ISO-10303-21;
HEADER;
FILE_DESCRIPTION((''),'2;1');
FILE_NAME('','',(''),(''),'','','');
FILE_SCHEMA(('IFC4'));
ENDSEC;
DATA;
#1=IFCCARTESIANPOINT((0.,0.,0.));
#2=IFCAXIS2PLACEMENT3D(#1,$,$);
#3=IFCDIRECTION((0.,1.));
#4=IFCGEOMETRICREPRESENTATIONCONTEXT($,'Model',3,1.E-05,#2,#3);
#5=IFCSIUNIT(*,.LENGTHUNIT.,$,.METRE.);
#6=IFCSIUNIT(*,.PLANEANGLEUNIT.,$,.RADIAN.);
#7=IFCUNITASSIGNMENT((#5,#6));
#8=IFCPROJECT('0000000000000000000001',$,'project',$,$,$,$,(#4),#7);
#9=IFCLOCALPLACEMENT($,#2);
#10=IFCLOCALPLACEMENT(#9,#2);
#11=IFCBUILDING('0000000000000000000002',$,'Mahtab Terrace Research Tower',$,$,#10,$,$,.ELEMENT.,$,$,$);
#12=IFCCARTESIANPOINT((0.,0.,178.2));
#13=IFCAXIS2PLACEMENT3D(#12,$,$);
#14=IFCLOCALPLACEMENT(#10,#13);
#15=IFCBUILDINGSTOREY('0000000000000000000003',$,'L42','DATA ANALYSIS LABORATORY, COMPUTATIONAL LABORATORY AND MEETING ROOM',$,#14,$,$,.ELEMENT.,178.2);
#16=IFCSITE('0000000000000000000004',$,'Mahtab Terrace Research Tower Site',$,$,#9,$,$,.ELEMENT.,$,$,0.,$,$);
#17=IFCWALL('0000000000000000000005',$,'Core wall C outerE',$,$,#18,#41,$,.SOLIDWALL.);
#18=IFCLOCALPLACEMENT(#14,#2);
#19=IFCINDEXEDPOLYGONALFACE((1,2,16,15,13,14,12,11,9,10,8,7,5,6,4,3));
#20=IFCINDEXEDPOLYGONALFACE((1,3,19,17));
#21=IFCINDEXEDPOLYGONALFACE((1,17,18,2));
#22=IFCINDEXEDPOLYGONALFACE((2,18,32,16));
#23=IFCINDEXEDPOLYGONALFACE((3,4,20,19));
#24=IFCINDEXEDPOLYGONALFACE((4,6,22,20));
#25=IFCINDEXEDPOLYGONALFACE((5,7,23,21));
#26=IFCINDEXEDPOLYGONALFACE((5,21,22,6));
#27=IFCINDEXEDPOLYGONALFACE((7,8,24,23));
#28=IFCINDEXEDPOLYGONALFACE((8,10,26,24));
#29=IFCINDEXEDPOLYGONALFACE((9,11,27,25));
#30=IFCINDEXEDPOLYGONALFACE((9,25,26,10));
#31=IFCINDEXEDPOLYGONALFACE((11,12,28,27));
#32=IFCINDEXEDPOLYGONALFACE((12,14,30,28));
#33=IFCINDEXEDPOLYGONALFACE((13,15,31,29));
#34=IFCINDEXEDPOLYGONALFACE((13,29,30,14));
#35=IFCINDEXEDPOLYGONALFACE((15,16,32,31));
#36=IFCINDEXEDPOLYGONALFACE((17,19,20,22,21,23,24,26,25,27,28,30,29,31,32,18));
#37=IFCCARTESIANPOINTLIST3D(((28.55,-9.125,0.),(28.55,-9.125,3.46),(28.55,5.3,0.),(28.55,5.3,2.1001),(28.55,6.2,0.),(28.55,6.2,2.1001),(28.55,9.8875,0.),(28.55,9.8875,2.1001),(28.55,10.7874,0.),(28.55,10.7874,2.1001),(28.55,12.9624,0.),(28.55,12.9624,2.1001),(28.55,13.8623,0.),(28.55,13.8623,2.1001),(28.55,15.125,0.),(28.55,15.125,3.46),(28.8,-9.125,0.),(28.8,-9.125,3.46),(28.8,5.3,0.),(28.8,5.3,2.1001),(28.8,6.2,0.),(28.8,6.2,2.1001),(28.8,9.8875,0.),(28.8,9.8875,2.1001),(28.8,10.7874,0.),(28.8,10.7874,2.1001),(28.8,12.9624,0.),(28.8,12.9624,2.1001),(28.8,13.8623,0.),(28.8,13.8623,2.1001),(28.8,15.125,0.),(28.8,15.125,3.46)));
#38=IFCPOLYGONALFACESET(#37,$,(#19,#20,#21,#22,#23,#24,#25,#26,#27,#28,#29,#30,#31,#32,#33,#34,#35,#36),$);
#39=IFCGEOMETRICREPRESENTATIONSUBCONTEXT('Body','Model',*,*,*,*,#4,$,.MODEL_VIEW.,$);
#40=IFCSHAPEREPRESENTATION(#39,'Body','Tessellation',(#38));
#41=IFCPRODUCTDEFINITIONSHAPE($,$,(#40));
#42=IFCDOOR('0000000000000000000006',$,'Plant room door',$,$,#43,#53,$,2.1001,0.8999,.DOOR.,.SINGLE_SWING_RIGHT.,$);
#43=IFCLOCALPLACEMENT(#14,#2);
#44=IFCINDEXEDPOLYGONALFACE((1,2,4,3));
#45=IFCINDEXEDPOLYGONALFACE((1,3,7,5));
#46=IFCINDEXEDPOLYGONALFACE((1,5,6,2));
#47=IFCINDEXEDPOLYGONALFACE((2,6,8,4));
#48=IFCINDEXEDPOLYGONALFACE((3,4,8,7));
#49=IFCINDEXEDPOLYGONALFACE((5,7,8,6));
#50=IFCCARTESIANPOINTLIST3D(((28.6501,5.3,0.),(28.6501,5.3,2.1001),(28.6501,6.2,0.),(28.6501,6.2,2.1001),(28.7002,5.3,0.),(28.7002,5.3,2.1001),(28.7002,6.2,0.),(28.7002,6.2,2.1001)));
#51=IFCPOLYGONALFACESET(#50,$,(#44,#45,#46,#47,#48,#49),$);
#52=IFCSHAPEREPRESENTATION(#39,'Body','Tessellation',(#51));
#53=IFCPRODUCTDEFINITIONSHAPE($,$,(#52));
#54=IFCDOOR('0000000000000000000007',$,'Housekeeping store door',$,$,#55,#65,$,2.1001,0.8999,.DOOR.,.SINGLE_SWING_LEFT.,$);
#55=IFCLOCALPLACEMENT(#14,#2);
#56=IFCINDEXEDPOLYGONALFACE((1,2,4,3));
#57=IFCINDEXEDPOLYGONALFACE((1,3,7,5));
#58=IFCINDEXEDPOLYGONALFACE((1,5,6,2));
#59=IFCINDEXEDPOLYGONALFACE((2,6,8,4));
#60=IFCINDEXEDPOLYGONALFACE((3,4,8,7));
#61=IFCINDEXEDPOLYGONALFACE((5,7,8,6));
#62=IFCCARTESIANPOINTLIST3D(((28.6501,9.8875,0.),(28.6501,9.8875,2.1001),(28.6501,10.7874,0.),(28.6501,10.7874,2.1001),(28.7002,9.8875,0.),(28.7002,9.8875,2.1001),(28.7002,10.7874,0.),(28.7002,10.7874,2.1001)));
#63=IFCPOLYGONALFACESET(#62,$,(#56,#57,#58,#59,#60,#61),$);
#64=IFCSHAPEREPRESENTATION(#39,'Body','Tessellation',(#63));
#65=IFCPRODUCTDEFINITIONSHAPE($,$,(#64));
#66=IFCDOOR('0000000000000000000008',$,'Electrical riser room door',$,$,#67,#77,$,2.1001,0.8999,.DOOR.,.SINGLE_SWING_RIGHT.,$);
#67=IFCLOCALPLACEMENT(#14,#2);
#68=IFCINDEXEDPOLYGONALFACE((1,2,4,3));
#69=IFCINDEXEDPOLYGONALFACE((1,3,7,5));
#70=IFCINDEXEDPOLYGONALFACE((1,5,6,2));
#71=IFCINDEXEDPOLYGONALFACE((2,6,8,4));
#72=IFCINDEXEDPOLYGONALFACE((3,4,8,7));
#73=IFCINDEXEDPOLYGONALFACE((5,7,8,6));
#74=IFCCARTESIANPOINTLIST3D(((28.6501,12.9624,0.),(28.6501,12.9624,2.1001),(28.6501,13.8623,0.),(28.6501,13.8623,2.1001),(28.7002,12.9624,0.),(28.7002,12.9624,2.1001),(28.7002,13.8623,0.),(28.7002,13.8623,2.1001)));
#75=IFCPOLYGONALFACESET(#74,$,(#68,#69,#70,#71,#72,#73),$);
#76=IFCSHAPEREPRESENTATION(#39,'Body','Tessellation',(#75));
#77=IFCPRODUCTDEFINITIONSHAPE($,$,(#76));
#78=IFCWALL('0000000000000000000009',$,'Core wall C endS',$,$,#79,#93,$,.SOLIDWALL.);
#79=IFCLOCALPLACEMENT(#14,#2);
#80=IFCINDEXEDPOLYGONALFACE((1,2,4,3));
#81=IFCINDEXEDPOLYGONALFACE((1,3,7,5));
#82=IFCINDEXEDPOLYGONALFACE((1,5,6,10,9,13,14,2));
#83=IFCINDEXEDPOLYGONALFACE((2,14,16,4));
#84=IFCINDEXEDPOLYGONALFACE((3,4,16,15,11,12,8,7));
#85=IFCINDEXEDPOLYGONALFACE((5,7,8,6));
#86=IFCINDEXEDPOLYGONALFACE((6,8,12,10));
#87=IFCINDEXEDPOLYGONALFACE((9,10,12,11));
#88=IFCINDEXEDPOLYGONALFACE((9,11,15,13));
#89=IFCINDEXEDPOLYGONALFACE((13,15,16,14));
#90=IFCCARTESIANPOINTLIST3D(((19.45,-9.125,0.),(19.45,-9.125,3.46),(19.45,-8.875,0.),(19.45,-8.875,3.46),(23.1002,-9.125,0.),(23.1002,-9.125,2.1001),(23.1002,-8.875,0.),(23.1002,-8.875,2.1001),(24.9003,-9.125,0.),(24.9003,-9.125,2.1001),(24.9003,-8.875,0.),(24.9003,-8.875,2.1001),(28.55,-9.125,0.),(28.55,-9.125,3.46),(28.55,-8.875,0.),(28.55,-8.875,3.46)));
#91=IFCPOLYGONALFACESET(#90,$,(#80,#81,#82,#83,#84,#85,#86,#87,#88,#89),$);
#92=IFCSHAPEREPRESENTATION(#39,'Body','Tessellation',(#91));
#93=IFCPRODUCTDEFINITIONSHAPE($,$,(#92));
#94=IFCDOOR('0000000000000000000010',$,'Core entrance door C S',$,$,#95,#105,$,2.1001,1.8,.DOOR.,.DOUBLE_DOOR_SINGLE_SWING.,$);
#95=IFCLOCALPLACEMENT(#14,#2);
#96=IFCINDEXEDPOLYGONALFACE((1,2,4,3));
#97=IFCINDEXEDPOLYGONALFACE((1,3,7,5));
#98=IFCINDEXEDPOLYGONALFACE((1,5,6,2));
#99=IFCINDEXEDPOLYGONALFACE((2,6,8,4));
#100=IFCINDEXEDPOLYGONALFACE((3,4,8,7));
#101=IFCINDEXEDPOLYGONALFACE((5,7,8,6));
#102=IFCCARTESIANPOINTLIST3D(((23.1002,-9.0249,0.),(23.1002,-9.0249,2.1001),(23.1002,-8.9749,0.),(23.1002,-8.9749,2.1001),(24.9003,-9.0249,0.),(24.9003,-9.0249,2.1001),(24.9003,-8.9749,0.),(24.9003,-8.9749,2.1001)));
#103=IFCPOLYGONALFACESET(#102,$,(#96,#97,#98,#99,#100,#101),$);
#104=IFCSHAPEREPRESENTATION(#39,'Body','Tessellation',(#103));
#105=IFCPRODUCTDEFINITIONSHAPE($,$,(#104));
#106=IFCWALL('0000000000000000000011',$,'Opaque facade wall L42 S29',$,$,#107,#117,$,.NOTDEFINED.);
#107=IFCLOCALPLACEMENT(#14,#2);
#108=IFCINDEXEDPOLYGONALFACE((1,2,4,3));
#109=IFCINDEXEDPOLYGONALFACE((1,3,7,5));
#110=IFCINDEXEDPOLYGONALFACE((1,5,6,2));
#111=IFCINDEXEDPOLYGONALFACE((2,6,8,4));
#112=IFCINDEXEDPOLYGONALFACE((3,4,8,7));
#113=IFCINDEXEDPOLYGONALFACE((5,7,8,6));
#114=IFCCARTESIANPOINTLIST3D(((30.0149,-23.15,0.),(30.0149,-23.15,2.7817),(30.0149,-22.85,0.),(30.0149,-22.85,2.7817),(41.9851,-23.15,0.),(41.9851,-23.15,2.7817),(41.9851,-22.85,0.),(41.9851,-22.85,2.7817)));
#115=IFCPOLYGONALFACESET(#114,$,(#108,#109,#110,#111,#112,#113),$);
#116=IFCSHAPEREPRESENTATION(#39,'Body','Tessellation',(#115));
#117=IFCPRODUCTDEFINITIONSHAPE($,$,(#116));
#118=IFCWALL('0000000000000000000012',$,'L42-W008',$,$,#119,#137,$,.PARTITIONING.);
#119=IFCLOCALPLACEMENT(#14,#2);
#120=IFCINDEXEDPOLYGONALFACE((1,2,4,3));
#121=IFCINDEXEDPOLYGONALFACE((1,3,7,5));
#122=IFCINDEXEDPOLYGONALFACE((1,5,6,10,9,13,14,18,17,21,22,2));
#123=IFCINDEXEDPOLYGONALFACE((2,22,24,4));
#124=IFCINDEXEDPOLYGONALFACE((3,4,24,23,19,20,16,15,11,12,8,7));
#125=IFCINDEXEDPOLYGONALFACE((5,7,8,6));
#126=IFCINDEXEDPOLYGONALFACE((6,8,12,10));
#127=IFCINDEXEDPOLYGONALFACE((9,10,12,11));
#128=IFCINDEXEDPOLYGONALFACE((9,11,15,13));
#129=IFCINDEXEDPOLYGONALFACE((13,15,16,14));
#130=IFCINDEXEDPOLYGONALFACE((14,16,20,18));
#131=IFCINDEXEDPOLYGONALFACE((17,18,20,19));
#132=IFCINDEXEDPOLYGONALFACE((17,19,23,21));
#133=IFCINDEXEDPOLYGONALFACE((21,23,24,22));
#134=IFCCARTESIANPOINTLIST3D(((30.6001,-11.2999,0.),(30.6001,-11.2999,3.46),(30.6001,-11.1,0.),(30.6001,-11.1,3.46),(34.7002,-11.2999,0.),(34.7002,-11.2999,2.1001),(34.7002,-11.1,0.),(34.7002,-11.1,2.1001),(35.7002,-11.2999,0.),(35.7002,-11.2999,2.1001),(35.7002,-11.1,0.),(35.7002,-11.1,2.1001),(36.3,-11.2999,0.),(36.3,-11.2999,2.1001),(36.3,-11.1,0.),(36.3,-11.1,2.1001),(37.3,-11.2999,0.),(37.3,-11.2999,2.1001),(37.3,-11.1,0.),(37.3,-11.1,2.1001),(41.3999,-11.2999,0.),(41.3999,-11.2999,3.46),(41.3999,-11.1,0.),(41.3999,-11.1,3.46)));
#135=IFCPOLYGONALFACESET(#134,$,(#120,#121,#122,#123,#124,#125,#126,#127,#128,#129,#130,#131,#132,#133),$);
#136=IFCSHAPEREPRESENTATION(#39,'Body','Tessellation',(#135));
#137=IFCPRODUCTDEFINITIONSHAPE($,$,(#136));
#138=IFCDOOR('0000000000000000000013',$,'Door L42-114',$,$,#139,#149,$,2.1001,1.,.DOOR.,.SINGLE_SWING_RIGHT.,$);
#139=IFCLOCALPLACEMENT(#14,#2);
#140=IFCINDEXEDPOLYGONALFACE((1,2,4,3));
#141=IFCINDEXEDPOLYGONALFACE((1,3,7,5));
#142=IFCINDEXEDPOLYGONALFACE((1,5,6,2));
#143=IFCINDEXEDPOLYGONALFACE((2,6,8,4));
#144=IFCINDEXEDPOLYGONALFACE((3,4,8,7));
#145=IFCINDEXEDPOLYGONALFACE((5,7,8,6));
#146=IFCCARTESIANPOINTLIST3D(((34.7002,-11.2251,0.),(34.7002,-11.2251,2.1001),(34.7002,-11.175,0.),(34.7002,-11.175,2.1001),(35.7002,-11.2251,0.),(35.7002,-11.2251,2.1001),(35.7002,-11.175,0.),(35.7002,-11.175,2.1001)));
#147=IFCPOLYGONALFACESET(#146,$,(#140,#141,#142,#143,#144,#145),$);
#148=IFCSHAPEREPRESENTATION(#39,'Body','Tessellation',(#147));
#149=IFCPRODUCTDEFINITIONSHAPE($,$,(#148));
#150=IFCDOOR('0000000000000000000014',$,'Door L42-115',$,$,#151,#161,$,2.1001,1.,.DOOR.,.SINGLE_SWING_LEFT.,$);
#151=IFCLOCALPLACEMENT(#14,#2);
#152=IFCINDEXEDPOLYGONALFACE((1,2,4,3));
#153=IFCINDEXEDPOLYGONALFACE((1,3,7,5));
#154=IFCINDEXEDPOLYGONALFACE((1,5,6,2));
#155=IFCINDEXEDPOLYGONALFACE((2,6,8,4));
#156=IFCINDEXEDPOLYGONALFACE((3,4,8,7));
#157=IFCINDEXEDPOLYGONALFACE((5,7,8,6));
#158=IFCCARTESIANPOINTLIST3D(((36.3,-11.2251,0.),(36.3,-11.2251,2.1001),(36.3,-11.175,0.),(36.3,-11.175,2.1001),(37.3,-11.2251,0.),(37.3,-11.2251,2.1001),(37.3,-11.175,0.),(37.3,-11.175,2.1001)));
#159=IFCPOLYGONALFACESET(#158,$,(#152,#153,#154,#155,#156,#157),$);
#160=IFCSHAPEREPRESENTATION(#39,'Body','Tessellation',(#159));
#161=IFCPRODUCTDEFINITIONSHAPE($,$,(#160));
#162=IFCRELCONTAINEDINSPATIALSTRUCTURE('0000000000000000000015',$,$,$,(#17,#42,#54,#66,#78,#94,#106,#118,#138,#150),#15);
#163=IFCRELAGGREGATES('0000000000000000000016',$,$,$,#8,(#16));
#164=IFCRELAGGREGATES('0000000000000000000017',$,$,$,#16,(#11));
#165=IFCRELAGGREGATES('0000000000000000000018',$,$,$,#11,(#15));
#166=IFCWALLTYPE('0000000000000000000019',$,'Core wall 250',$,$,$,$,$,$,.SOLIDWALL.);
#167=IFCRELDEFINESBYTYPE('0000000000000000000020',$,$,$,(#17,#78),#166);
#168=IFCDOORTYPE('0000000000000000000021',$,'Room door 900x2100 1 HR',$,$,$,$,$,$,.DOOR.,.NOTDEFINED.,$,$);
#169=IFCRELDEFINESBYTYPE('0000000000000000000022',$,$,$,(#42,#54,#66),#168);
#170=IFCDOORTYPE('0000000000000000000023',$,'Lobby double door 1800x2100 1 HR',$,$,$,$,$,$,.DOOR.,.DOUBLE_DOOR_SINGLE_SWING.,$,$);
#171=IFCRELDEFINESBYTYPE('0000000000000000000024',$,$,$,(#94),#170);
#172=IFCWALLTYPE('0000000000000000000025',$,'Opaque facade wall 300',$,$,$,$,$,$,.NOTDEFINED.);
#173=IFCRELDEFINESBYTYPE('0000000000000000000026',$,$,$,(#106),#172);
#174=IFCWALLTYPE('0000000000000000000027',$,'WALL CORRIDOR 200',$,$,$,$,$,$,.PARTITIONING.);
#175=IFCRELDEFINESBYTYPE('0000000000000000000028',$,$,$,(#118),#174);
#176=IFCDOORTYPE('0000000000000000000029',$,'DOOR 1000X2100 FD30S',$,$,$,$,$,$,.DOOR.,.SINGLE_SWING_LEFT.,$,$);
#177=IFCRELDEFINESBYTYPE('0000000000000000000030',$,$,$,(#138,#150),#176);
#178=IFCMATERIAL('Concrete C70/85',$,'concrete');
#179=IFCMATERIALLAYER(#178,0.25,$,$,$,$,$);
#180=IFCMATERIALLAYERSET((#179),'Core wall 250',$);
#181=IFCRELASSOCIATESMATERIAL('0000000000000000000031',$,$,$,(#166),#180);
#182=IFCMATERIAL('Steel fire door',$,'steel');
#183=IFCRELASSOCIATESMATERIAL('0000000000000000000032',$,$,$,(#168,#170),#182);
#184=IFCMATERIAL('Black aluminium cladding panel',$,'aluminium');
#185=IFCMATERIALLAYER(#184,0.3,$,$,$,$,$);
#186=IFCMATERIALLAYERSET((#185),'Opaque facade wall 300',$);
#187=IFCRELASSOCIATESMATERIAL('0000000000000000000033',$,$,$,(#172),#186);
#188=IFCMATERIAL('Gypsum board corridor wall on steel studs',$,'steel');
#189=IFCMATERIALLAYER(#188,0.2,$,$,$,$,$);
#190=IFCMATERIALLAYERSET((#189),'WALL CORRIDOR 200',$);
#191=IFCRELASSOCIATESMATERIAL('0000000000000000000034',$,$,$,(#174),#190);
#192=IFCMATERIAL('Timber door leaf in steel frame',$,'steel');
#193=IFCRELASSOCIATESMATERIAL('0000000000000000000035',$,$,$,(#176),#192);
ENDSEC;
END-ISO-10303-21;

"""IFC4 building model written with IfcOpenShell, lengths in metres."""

from ifc_helpers import new_model, si_unit, direction, frame, frame_2d, origin, place, context, subcontext, project, spatial, rectangle, extrude, material, layer, layer_set, type_object, element, fill, save


model = new_model("IFC4")

# Units and contexts
model_context = context("Model", 3, precision=1e-05, world=origin(), true_north=direction((0.0, 1.0)))
body_context = subcontext(model_context, "Body", "Model", "MODEL_VIEW")
ifc_project = project(units=[si_unit("LENGTHUNIT", "METRE"), si_unit("PLANEANGLEUNIT", "RADIAN")], contexts=[model_context])

# Site, building, storey
site_placement = place(None, origin())
site = spatial("IfcSite", under=ifc_project, at=site_placement, Name="Mahtab Terrace Research Tower Site", CompositionType="ELEMENT", RefElevation=0.0)
building_placement = place(site_placement, origin())
building = spatial("IfcBuilding", under=site, at=building_placement, Name="Mahtab Terrace Research Tower", CompositionType="ELEMENT")
storey_placement = place(building_placement, frame((0.0, 0.0, 178.2)))
storey = spatial("IfcBuildingStorey", under=building, at=storey_placement, Name="L42", Description="DATA ANALYSIS LABORATORY, COMPUTATIONAL LABORATORY AND MEETING ROOM", CompositionType="ELEMENT", Elevation=178.2)

# Shared definitions
ifc_material_1 = material(Name="Concrete C70/85", Category="concrete")

# Wall, openings, doors
ifc_layer_1 = layer(ifc_material_1, 0.25)
ifc_layer_set_1 = layer_set([ifc_layer_1], Name="Core wall 250")
wall_type_1 = type_object("IfcWallType", Name="Core wall 250", PredefinedType="SOLIDWALL", material=ifc_layer_set_1)
wall_1_placement = place(storey_placement, frame((28.675, -9.125, 0.0), z_axis=(0.0, 0.0, 1.0), x_axis=(0.0, 1.0, 0.0)))
wall_1 = element("IfcWall", 1, at=wall_1_placement, inside=storey, type_object=wall_type_1, Name="Core wall C outerE", PredefinedType="SOLIDWALL", context=body_context, shape_type="SweptSolid", body=[
    extrude(rectangle(XDim=24.25, YDim=0.25, at=frame_2d((12.125, 0.0))), origin(), (0.0, 0.0, 1.0), 3.46),
])
opening_1_placement = place(wall_1_placement, frame((14.425, 0.0, 0.0)))
opening_1 = element("IfcOpeningElement", 2, at=opening_1_placement, cuts=wall_1, PredefinedType="OPENING", context=body_context, shape_type="SweptSolid", body=[
    extrude(rectangle(XDim=0.8999, YDim=2.1001, at=frame_2d((0.45, 1.05))), frame((0.0, 0.135, 0.0), z_axis=(0.0, -1.0, 0.0), x_axis=(1.0, 0.0, 0.0)), (0.0, 0.0, 1.0), 0.27),
])
opening_2_placement = place(wall_1_placement, frame((19.0125, 0.0, 0.0)))
opening_2 = element("IfcOpeningElement", 3, at=opening_2_placement, cuts=wall_1, PredefinedType="OPENING", context=body_context, shape_type="SweptSolid", body=[
    extrude(rectangle(XDim=0.8999, YDim=2.1001, at=frame_2d((0.45, 1.05))), frame((0.0, 0.135, 0.0), z_axis=(0.0, -1.0, 0.0), x_axis=(1.0, 0.0, 0.0)), (0.0, 0.0, 1.0), 0.27),
])
opening_3_placement = place(wall_1_placement, frame((22.0874, 0.0, 0.0)))
opening_3 = element("IfcOpeningElement", 4, at=opening_3_placement, cuts=wall_1, PredefinedType="OPENING", context=body_context, shape_type="SweptSolid", body=[
    extrude(rectangle(XDim=0.8999, YDim=2.1001, at=frame_2d((0.45, 1.05))), frame((0.0, 0.135, 0.0), z_axis=(0.0, -1.0, 0.0), x_axis=(1.0, 0.0, 0.0)), (0.0, 0.0, 1.0), 0.27),
])
ifc_material_2 = material(Name="Steel fire door", Category="steel")
door_type_1 = type_object("IfcDoorType", Name="Room door 900x2100 1 HR", OperationType="NOTDEFINED", PredefinedType="DOOR", material=ifc_material_2)
door_1_placement = place(opening_1_placement, origin())
door_1 = element("IfcDoor", 5, at=door_1_placement, inside=storey, type_object=door_type_1, Name="Plant room door", OperationType="SINGLE_SWING_RIGHT", OverallHeight=2.1001, OverallWidth=0.8999, PredefinedType="DOOR", context=body_context, shape_type="SweptSolid", body=[
    extrude(rectangle(XDim=0.8999, YDim=2.1001, at=frame_2d((0.45, 1.05))), frame((0.0, 0.0249, 0.0), z_axis=(0.0, -1.0, 0.0), x_axis=(1.0, 0.0, 0.0)), (0.0, 0.0, 1.0), 0.05),
])
fill(opening_1, door_1)
door_2_placement = place(opening_2_placement, origin())
door_2 = element("IfcDoor", 6, at=door_2_placement, inside=storey, type_object=door_type_1, Name="Housekeeping store door", OperationType="SINGLE_SWING_LEFT", OverallHeight=2.1001, OverallWidth=0.8999, PredefinedType="DOOR", context=body_context, shape_type="SweptSolid", body=[
    extrude(rectangle(XDim=0.8999, YDim=2.1001, at=frame_2d((0.45, 1.05))), frame((0.0, 0.0249, 0.0), z_axis=(0.0, -1.0, 0.0), x_axis=(1.0, 0.0, 0.0)), (0.0, 0.0, 1.0), 0.05),
])
fill(opening_2, door_2)
door_3_placement = place(opening_3_placement, origin())
door_3 = element("IfcDoor", 7, at=door_3_placement, inside=storey, type_object=door_type_1, Name="Electrical riser room door", OperationType="SINGLE_SWING_RIGHT", OverallHeight=2.1001, OverallWidth=0.8999, PredefinedType="DOOR", context=body_context, shape_type="SweptSolid", body=[
    extrude(rectangle(XDim=0.8999, YDim=2.1001, at=frame_2d((0.45, 1.05))), frame((0.0, 0.0249, 0.0), z_axis=(0.0, -1.0, 0.0), x_axis=(1.0, 0.0, 0.0)), (0.0, 0.0, 1.0), 0.05),
])
fill(opening_3, door_3)

# Wall, opening, door
wall_2_placement = place(storey_placement, frame((28.55, -9.0, 0.0), z_axis=(0.0, 0.0, 1.0), x_axis=(-1.0, 0.0, 0.0)))
wall_2 = element("IfcWall", 8, at=wall_2_placement, inside=storey, type_object=wall_type_1, Name="Core wall C endS", PredefinedType="SOLIDWALL", context=body_context, shape_type="SweptSolid", body=[
    extrude(rectangle(XDim=9.1001, YDim=0.25, at=frame_2d((4.55, 0.0))), origin(), (0.0, 0.0, 1.0), 3.46),
])
opening_4_placement = place(wall_2_placement, frame((3.6499, 0.0, 0.0)))
opening_4 = element("IfcOpeningElement", 9, at=opening_4_placement, cuts=wall_2, PredefinedType="OPENING", context=body_context, shape_type="SweptSolid", body=[
    extrude(rectangle(XDim=1.8, YDim=2.1001, at=frame_2d((0.8999, 1.05))), frame((0.0, 0.135, 0.0), z_axis=(0.0, -1.0, 0.0), x_axis=(1.0, 0.0, 0.0)), (0.0, 0.0, 1.0), 0.27),
])
door_type_2 = type_object("IfcDoorType", Name="Lobby double door 1800x2100 1 HR", OperationType="DOUBLE_DOOR_SINGLE_SWING", PredefinedType="DOOR", material=ifc_material_2)
door_4_placement = place(opening_4_placement, origin())
door_4 = element("IfcDoor", 10, at=door_4_placement, inside=storey, type_object=door_type_2, Name="Core entrance door C S", OperationType="DOUBLE_DOOR_SINGLE_SWING", OverallHeight=2.1001, OverallWidth=1.8, PredefinedType="DOOR", context=body_context, shape_type="SweptSolid", body=[
    extrude(rectangle(XDim=1.8, YDim=2.1001, at=frame_2d((0.8999, 1.05))), frame((0.0, 0.0249, 0.0), z_axis=(0.0, -1.0, 0.0), x_axis=(1.0, 0.0, 0.0)), (0.0, 0.0, 1.0), 0.05),
])
fill(opening_4, door_4)

# Wall
ifc_material_3 = material(Name="Black aluminium cladding panel", Category="aluminium")
ifc_layer_2 = layer(ifc_material_3, 0.3)
ifc_layer_set_2 = layer_set([ifc_layer_2], Name="Opaque facade wall 300")
wall_type_2 = type_object("IfcWallType", Name="Opaque facade wall 300", PredefinedType="NOTDEFINED", material=ifc_layer_set_2)
wall_3_placement = place(storey_placement, frame((30.0149, -23.0, 0.0), z_axis=(0.0, 0.0, 1.0), x_axis=(1.0, 0.0, 0.0)))
element("IfcWall", 11, at=wall_3_placement, inside=storey, type_object=wall_type_2, Name="Opaque facade wall L42 S29", PredefinedType="NOTDEFINED", context=body_context, shape_type="SweptSolid", body=[
    extrude(rectangle(XDim=11.9702, YDim=0.3, at=frame_2d((5.9851, 0.0))), origin(), (0.0, 0.0, 1.0), 2.7817),
])

# Wall, openings, doors
ifc_material_4 = material(Name="Gypsum board corridor wall on steel studs", Category="steel")
ifc_layer_3 = layer(ifc_material_4, 0.2)
ifc_layer_set_3 = layer_set([ifc_layer_3], Name="WALL CORRIDOR 200")
wall_type_3 = type_object("IfcWallType", Name="WALL CORRIDOR 200", PredefinedType="PARTITIONING", material=ifc_layer_set_3)
wall_4_placement = place(storey_placement, frame((30.6001, -11.2, 0.0), z_axis=(0.0, 0.0, 1.0), x_axis=(1.0, 0.0, 0.0)))
wall_4 = element("IfcWall", 12, at=wall_4_placement, inside=storey, type_object=wall_type_3, Name="L42-W008", PredefinedType="PARTITIONING", context=body_context, shape_type="SweptSolid", body=[
    extrude(rectangle(XDim=10.7998, YDim=0.2, at=frame_2d((5.3999, 0.0))), origin(), (0.0, 0.0, 1.0), 3.46),
])
opening_5_placement = place(wall_4_placement, frame((4.1001, 0.0, 0.0)))
opening_5 = element("IfcOpeningElement", 13, at=opening_5_placement, cuts=wall_4, PredefinedType="OPENING", context=body_context, shape_type="SweptSolid", body=[
    extrude(rectangle(XDim=1.0, YDim=2.1001, at=frame_2d((0.5, 1.05))), frame((0.0, 0.1099, 0.0), z_axis=(0.0, -1.0, 0.0), x_axis=(1.0, 0.0, 0.0)), (0.0, 0.0, 1.0), 0.22),
])
opening_6_placement = place(wall_4_placement, frame((5.7, 0.0, 0.0)))
opening_6 = element("IfcOpeningElement", 14, at=opening_6_placement, cuts=wall_4, PredefinedType="OPENING", context=body_context, shape_type="SweptSolid", body=[
    extrude(rectangle(XDim=1.0, YDim=2.1001, at=frame_2d((0.5, 1.05))), frame((0.0, 0.1099, 0.0), z_axis=(0.0, -1.0, 0.0), x_axis=(1.0, 0.0, 0.0)), (0.0, 0.0, 1.0), 0.22),
])
ifc_material_5 = material(Name="Timber door leaf in steel frame", Category="steel")
door_type_3 = type_object("IfcDoorType", Name="DOOR 1000X2100 FD30S", OperationType="SINGLE_SWING_LEFT", PredefinedType="DOOR", material=ifc_material_5)
door_5_placement = place(opening_5_placement, origin())
door_5 = element("IfcDoor", 15, at=door_5_placement, inside=storey, type_object=door_type_3, Name="Door L42-114", OperationType="SINGLE_SWING_RIGHT", OverallHeight=2.1001, OverallWidth=1.0, PredefinedType="DOOR", context=body_context, shape_type="SweptSolid", body=[
    extrude(rectangle(XDim=1.0, YDim=2.1001, at=frame_2d((0.5, 1.05))), frame((0.0, 0.0249, 0.0), z_axis=(0.0, -1.0, 0.0), x_axis=(1.0, 0.0, 0.0)), (0.0, 0.0, 1.0), 0.05),
])
fill(opening_5, door_5)
door_6_placement = place(opening_6_placement, origin())
door_6 = element("IfcDoor", 16, at=door_6_placement, inside=storey, type_object=door_type_3, Name="Door L42-115", OperationType="SINGLE_SWING_LEFT", OverallHeight=2.1001, OverallWidth=1.0, PredefinedType="DOOR", context=body_context, shape_type="SweptSolid", body=[
    extrude(rectangle(XDim=1.0, YDim=2.1001, at=frame_2d((0.5, 1.05))), frame((0.0, 0.0249, 0.0), z_axis=(0.0, -1.0, 0.0), x_axis=(1.0, 0.0, 0.0)), (0.0, 0.0, 1.0), 0.05),
])
fill(opening_6, door_6)

save(model, "model.ifc")
